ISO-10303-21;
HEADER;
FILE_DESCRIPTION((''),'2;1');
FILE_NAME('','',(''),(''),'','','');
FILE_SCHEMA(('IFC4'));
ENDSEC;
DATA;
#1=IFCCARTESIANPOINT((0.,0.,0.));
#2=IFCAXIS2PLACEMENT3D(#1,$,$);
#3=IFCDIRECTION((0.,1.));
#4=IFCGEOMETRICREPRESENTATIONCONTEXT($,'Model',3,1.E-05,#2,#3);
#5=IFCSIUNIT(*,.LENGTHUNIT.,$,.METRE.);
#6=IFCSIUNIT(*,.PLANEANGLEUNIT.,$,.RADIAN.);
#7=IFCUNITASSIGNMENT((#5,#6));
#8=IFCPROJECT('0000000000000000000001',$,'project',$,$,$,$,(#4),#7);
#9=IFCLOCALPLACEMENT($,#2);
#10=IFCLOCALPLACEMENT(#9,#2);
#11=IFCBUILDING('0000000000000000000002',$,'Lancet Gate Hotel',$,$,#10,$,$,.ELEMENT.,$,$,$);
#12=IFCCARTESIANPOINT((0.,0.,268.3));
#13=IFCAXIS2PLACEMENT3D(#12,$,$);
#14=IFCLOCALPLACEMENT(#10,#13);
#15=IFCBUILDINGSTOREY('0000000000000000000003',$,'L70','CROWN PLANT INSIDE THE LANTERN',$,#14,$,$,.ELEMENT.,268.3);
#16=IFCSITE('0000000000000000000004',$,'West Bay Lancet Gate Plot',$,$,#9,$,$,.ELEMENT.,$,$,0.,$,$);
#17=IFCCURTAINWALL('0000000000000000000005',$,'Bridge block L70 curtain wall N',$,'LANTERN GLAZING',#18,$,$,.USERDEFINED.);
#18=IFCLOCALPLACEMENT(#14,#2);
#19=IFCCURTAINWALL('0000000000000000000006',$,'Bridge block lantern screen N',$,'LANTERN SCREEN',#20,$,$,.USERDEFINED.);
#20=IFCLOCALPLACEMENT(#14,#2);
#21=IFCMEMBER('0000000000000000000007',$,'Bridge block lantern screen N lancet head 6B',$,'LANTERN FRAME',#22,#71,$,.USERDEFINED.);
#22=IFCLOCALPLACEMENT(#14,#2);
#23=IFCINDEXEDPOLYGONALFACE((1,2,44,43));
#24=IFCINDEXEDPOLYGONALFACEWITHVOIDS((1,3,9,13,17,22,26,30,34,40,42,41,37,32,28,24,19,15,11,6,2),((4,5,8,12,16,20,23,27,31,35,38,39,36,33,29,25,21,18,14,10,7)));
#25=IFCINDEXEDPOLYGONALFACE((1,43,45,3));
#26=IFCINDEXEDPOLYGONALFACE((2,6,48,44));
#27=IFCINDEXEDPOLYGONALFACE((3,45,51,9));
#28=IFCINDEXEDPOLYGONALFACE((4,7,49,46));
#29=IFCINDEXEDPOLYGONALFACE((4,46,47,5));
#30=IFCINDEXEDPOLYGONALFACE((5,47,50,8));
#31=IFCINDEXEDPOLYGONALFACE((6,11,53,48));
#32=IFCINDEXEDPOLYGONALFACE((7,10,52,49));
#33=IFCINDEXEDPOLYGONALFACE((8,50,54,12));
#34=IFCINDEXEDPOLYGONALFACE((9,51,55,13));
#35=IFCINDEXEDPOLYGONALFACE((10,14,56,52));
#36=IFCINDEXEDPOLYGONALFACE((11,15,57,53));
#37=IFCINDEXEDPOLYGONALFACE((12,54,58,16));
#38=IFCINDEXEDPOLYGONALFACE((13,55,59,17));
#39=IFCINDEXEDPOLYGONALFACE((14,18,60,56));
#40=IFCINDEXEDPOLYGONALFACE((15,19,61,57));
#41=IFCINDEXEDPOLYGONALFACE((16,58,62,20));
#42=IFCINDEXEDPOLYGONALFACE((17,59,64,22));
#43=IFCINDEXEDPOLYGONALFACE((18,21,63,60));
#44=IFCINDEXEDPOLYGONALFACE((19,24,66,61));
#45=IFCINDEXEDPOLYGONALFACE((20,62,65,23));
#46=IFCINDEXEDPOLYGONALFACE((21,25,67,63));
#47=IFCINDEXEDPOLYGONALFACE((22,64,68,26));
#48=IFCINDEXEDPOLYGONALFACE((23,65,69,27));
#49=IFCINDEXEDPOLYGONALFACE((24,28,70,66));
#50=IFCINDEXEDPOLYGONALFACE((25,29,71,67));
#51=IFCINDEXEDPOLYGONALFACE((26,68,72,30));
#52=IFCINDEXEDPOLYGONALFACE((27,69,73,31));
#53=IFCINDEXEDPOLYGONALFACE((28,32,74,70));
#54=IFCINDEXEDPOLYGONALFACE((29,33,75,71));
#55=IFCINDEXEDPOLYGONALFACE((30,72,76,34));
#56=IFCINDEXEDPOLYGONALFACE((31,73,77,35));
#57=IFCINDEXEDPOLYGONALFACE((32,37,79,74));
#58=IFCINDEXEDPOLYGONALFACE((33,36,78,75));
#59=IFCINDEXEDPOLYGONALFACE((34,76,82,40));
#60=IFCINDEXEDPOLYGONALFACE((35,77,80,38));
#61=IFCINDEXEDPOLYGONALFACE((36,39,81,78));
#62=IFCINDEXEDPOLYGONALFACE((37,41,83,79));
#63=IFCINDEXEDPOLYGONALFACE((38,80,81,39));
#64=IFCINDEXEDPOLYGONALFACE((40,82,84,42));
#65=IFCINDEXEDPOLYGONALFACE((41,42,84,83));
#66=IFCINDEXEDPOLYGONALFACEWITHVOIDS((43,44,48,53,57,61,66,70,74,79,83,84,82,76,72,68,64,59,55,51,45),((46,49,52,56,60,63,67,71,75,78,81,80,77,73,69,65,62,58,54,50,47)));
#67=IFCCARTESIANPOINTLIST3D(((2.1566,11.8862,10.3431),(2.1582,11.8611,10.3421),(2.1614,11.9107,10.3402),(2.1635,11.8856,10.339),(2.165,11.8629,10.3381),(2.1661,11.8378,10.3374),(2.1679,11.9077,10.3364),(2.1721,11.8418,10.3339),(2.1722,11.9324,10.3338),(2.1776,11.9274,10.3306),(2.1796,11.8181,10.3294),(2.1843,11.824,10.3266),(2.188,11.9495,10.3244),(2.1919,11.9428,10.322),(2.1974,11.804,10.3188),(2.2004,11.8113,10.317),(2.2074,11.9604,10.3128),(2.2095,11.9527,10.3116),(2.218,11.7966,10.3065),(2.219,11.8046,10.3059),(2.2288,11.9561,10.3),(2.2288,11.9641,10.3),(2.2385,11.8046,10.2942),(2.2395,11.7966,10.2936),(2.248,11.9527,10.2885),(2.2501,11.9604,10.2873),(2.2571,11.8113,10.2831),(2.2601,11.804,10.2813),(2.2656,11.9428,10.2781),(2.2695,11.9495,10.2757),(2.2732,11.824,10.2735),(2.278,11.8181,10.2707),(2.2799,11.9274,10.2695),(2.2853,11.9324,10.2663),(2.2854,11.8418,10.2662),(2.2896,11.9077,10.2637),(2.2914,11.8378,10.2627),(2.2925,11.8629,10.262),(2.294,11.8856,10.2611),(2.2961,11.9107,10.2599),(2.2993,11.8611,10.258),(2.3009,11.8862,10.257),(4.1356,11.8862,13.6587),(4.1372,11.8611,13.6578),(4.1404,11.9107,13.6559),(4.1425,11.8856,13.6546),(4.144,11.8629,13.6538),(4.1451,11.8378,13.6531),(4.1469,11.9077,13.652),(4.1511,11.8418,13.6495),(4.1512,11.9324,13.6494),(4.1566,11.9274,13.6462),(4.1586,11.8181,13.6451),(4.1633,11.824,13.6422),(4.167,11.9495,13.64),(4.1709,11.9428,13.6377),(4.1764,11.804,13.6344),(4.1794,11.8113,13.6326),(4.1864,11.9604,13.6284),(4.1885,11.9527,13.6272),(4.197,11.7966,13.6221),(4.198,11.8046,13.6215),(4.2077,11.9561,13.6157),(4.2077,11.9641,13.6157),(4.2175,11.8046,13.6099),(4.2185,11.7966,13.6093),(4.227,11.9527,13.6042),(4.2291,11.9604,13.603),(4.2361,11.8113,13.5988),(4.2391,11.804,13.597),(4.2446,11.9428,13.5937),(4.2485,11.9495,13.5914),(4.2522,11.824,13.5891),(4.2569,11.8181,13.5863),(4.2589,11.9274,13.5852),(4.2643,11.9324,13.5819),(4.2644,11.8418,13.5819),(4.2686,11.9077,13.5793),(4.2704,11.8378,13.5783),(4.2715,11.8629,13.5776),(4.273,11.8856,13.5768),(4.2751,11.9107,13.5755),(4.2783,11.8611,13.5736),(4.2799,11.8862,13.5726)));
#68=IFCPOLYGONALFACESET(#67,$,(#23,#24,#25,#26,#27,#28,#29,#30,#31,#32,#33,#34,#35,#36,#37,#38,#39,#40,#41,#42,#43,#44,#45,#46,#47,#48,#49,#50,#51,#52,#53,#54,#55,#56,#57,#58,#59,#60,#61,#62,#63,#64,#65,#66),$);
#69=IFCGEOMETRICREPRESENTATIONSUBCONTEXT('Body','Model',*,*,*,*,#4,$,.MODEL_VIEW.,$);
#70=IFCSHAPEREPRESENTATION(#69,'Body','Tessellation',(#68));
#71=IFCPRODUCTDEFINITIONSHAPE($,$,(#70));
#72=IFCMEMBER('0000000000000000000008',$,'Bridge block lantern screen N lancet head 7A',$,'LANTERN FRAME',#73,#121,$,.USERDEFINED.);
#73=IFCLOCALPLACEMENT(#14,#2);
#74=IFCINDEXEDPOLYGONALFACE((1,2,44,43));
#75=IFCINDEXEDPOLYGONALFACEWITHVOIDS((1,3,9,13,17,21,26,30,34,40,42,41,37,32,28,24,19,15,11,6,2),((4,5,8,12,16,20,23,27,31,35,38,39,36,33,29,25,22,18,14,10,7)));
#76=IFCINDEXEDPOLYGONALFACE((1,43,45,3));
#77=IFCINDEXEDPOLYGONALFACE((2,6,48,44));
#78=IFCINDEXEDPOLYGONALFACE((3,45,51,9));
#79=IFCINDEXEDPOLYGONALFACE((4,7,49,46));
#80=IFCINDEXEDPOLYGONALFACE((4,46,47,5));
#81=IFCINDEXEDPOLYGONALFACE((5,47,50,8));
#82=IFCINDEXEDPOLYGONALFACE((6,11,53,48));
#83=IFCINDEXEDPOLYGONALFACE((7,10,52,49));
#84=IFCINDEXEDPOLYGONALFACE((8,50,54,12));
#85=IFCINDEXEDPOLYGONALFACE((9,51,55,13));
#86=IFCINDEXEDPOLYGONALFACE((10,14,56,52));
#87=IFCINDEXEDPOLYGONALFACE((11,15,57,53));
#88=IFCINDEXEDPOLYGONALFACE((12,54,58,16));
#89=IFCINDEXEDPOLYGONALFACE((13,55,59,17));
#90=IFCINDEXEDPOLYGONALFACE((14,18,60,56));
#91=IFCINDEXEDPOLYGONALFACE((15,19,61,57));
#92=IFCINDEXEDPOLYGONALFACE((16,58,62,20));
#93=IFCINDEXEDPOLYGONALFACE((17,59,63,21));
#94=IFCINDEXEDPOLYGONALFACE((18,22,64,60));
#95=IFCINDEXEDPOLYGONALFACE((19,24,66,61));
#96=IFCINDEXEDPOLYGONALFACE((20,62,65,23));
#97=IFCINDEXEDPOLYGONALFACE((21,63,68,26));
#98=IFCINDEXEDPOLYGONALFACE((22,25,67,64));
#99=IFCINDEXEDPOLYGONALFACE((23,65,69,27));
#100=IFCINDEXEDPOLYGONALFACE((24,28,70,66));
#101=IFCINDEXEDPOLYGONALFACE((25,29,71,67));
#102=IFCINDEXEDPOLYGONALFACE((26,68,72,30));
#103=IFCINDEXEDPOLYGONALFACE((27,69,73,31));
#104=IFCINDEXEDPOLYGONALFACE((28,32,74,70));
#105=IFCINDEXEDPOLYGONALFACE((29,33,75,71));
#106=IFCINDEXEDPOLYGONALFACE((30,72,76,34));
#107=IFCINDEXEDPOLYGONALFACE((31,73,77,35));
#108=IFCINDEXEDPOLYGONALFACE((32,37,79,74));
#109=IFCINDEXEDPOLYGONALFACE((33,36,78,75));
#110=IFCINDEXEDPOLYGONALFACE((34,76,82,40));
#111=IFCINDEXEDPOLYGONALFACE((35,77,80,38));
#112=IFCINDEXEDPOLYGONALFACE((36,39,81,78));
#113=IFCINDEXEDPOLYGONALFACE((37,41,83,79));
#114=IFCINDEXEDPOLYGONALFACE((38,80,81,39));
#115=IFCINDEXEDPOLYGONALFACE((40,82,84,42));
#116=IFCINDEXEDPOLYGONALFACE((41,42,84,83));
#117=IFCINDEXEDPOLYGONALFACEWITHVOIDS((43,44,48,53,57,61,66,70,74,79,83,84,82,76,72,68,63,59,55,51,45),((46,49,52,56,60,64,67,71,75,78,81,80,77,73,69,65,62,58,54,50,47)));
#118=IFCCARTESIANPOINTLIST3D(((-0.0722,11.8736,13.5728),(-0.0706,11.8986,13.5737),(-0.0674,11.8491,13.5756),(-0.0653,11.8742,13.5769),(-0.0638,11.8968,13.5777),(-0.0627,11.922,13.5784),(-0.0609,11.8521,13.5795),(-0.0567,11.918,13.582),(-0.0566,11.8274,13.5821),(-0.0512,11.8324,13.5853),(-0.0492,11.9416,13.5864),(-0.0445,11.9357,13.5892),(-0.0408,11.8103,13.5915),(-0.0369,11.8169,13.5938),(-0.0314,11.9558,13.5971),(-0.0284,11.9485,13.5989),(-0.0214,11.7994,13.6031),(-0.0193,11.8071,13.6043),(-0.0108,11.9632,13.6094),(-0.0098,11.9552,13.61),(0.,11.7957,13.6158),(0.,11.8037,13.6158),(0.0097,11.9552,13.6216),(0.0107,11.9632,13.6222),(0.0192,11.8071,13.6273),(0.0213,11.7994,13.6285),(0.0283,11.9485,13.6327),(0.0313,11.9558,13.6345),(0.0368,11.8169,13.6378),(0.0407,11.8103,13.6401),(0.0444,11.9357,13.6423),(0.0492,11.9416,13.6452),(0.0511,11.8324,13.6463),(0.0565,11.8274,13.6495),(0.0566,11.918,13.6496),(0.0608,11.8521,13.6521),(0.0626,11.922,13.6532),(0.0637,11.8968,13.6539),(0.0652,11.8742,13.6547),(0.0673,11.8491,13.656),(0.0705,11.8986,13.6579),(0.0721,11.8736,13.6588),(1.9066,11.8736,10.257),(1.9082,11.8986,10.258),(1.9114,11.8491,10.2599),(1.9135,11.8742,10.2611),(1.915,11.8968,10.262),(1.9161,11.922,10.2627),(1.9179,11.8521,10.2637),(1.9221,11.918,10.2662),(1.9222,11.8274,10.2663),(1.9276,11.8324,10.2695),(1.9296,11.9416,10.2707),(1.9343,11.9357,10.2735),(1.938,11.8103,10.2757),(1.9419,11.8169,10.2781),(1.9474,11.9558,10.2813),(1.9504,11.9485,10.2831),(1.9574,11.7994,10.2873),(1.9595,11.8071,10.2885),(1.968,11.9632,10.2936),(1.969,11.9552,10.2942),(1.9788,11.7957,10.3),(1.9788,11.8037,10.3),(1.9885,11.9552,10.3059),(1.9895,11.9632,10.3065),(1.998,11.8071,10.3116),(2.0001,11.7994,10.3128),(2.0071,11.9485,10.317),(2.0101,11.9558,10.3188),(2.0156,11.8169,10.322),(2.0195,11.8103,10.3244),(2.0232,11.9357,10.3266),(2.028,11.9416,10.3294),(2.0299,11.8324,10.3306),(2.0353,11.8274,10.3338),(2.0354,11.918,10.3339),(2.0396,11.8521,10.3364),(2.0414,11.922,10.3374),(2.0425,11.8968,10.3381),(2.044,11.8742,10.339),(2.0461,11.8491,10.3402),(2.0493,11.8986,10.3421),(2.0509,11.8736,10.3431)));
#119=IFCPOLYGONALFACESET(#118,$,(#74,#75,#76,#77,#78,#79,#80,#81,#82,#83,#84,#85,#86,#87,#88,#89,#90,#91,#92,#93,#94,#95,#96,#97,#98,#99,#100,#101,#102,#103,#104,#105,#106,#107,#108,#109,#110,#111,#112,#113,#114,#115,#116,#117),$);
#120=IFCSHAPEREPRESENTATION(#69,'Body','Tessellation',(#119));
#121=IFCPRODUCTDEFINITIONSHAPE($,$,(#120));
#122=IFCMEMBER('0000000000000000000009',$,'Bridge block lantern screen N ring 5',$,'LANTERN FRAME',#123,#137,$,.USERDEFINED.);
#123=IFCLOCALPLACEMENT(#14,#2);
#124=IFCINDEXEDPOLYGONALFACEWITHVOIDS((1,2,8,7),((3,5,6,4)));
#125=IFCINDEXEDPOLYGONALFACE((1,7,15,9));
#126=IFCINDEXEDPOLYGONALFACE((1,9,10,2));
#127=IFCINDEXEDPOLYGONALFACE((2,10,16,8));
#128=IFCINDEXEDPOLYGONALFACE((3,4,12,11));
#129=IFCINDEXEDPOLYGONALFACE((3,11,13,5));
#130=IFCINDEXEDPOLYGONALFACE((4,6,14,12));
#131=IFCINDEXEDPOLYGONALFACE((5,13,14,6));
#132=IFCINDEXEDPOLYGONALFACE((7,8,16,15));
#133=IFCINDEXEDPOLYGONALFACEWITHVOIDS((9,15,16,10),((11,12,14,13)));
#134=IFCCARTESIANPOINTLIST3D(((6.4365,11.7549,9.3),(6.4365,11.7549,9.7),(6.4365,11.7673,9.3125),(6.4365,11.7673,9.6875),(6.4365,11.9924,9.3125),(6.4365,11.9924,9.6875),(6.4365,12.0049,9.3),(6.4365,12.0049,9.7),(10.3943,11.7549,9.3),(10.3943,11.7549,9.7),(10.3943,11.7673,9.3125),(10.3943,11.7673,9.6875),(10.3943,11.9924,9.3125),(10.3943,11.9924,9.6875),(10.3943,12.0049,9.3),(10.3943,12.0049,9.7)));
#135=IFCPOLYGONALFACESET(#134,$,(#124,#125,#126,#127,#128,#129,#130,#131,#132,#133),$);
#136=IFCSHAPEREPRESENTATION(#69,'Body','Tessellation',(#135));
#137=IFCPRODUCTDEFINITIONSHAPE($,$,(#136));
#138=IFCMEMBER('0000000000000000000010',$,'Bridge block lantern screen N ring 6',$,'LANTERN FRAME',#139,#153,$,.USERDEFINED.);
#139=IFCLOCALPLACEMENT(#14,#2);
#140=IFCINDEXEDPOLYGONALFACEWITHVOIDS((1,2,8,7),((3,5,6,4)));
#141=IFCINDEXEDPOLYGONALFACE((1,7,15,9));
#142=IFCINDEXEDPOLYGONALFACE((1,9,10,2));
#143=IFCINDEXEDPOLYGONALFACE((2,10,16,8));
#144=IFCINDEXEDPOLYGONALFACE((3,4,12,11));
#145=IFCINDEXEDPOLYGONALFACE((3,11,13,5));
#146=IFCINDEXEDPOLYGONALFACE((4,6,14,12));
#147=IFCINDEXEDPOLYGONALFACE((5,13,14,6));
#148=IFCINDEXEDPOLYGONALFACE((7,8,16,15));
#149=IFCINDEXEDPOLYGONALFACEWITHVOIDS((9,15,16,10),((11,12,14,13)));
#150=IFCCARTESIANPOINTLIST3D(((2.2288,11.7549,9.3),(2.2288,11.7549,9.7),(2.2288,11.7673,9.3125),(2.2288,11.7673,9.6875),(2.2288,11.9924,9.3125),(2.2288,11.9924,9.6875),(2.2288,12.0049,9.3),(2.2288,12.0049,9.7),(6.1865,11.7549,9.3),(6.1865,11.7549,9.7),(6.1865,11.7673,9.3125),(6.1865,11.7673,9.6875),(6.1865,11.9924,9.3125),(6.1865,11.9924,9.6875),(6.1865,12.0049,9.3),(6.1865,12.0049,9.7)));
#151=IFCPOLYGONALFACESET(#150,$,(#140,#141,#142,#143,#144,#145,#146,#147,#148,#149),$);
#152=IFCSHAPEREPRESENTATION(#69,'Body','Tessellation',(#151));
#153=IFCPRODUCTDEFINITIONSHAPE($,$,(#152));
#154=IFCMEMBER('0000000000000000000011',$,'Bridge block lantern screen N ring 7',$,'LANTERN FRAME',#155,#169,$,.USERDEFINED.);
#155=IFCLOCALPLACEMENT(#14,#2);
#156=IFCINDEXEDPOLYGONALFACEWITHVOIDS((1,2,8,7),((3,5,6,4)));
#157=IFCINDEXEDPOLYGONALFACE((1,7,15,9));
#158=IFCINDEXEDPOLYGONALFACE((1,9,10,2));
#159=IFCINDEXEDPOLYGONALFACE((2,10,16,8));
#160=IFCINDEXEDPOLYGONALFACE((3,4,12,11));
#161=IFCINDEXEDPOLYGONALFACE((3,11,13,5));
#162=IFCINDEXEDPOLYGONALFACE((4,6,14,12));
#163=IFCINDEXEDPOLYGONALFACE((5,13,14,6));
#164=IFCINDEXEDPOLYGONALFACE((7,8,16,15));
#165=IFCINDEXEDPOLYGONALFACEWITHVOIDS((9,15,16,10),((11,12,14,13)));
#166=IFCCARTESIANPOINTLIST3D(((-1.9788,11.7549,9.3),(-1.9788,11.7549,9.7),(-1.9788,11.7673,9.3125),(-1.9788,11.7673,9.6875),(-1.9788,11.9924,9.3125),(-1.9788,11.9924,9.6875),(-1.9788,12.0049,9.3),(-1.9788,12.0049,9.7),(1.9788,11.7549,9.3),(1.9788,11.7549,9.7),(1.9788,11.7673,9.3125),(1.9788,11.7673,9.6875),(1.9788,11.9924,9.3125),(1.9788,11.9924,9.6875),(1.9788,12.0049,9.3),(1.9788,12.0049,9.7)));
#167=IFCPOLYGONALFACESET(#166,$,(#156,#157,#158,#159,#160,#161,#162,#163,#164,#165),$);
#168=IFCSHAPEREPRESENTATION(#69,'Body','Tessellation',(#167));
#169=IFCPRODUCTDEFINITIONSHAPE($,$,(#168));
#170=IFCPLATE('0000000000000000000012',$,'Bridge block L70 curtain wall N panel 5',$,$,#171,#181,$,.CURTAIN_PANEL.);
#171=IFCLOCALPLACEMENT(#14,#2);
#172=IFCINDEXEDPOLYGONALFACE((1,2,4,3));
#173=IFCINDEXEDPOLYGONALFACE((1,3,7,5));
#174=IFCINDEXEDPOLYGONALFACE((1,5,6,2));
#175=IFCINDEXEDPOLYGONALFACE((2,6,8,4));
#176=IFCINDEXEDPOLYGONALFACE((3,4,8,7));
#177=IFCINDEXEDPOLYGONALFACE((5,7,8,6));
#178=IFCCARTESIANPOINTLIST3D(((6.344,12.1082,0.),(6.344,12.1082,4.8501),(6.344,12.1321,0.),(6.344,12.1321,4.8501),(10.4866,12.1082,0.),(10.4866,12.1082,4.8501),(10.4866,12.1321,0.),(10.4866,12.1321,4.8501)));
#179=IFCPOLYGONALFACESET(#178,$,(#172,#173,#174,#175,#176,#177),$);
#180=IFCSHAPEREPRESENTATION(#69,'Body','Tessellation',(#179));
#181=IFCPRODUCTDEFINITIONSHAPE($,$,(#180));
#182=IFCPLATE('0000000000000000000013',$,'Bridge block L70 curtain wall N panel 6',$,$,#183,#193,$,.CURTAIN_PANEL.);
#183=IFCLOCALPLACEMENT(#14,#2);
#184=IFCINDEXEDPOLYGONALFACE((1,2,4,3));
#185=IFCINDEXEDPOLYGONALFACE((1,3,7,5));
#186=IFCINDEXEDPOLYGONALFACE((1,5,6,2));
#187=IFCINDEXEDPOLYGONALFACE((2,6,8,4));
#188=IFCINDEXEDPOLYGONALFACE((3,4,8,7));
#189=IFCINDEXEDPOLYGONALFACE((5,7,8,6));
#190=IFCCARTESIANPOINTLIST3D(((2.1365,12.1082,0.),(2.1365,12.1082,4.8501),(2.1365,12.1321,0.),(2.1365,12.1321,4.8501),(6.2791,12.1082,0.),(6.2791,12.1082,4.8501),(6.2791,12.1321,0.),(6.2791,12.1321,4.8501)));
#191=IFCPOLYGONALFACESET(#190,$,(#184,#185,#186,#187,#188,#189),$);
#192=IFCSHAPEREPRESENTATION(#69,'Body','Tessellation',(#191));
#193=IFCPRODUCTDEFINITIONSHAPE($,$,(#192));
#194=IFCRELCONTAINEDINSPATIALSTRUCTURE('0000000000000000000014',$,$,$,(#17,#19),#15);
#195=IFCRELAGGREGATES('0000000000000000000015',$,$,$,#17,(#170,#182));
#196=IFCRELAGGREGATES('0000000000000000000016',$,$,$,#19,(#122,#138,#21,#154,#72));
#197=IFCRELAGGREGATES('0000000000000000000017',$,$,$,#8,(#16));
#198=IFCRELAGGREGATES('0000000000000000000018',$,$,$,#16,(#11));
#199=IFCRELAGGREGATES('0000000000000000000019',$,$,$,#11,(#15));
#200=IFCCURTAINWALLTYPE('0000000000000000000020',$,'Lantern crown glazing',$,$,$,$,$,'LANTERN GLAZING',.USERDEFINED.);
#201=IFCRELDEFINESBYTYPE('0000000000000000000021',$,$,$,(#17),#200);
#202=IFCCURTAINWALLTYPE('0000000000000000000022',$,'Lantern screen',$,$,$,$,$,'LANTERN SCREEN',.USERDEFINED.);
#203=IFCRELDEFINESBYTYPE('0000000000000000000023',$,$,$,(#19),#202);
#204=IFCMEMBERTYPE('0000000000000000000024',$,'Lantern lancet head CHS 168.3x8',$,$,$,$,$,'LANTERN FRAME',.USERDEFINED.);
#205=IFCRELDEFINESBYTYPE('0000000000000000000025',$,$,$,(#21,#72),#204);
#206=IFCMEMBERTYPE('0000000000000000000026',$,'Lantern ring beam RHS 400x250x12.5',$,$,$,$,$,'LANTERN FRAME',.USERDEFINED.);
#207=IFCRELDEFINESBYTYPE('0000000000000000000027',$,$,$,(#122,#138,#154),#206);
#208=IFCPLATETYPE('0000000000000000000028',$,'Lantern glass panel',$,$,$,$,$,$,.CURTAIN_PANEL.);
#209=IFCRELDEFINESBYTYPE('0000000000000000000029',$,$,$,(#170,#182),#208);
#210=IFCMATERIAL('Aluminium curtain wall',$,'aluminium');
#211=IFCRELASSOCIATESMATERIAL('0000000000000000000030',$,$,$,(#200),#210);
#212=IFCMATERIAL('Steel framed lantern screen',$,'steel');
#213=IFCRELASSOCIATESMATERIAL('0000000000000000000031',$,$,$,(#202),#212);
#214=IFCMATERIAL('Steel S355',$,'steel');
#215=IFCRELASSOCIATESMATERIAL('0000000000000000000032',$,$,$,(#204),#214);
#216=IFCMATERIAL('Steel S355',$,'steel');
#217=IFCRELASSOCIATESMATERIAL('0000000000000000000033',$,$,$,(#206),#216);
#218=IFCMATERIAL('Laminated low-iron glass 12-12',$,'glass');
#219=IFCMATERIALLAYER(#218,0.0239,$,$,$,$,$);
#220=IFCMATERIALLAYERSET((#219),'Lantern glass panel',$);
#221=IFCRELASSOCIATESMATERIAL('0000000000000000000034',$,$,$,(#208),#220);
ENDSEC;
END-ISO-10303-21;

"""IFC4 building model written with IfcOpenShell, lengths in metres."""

from ifc_helpers import new_model, si_unit, direction, frame, origin, origin_2d, place, context, subcontext, project, spatial, rectangle, hollow_rectangle, hollow_circle, extrude, material, layer, layer_set, material_profile, profile_set, type_object, element, aggregate, save


model = new_model("IFC4")

# Units and contexts
model_context = context("Model", 3, precision=1e-05, world=origin(), true_north=direction((0.0, 1.0)))
body_context = subcontext(model_context, "Body", "Model", "MODEL_VIEW")
ifc_project = project(units=[si_unit("LENGTHUNIT", "METRE"), si_unit("PLANEANGLEUNIT", "RADIAN")], contexts=[model_context])

# Site, building, storey
site_placement = place(None, origin())
site = spatial("IfcSite", under=ifc_project, at=site_placement, Name="West Bay Lancet Gate Plot", CompositionType="ELEMENT", RefElevation=0.0)
building_placement = place(site_placement, origin())
building = spatial("IfcBuilding", under=site, at=building_placement, Name="Lancet Gate Hotel", CompositionType="ELEMENT")
storey_placement = place(building_placement, frame((0.0, 0.0, 268.3)))
storey = spatial("IfcBuildingStorey", under=building, at=storey_placement, Name="L70", Description="CROWN PLANT INSIDE THE LANTERN", CompositionType="ELEMENT", Elevation=268.3)

# Curtain wall
ifc_material_1 = material(Name="Aluminium curtain wall", Category="aluminium")
curtain_wall_type_1 = type_object("IfcCurtainWallType", Name="Lantern crown glazing", ElementType="LANTERN GLAZING", PredefinedType="USERDEFINED", material=ifc_material_1)
curtain_wall_1_placement = place(storey_placement, origin())
curtain_wall_1 = element("IfcCurtainWall", 1, at=curtain_wall_1_placement, inside=storey, type_object=curtain_wall_type_1, Name="Bridge block L70 curtain wall N", ObjectType="LANTERN GLAZING", PredefinedType="USERDEFINED")

# Curtain wall, members
ifc_material_2 = material(Name="Steel framed lantern screen", Category="steel")
curtain_wall_type_2 = type_object("IfcCurtainWallType", Name="Lantern screen", ElementType="LANTERN SCREEN", PredefinedType="USERDEFINED", material=ifc_material_2)
curtain_wall_2_placement = place(storey_placement, origin())
curtain_wall_2 = element("IfcCurtainWall", 2, at=curtain_wall_2_placement, inside=storey, type_object=curtain_wall_type_2, Name="Bridge block lantern screen N", ObjectType="LANTERN SCREEN", PredefinedType="USERDEFINED")
ifc_material_3 = material(Name="Steel S355", Category="steel")
ifc_material_profile_1 = material_profile(ifc_material_3, hollow_circle(Radius=0.0842, WallThickness=0.0081, at=origin_2d()), Name="CHS 168.3x8.0")
ifc_profile_set_1 = profile_set([ifc_material_profile_1], Name="Steel S355")
member_type_1 = type_object("IfcMemberType", Name="Lantern lancet head CHS 168.3x8", ElementType="LANTERN FRAME", PredefinedType="USERDEFINED", material=ifc_profile_set_1)
member_1_placement = place(storey_placement, frame((2.2288, 11.8799, 10.3), z_axis=(0.512514, 0.0, 0.858679), x_axis=(0.0, 1.0, 0.0)))
member_1 = element("IfcMember", 3, at=member_1_placement, type_object=member_type_1, Name="Bridge block lantern screen N lancet head 6B", ObjectType="LANTERN FRAME", PredefinedType="USERDEFINED", context=body_context, shape_type="SweptSolid", body=[
    extrude(hollow_circle(Radius=0.0842, WallThickness=0.0081, at=origin_2d()), origin(), (0.0, 0.0, 1.0), 3.8613),
])
member_2_placement = place(storey_placement, frame((1.9788, 11.8799, 10.3), z_axis=(-0.512467, 0.0, 0.858707), x_axis=(0.0, -1.0, 0.0)))
member_2 = element("IfcMember", 4, at=member_2_placement, type_object=member_type_1, Name="Bridge block lantern screen N lancet head 7A", ObjectType="LANTERN FRAME", PredefinedType="USERDEFINED", context=body_context, shape_type="SweptSolid", body=[
    extrude(hollow_circle(Radius=0.0842, WallThickness=0.0081, at=origin_2d()), origin(), (0.0, 0.0, 1.0), 3.8613),
])
ifc_material_4 = material(Name="Steel S355", Category="steel")
ifc_material_profile_2 = material_profile(ifc_material_4, hollow_rectangle(XDim=0.25, YDim=0.3999, WallThickness=0.0125, at=origin_2d()), Name="RHS 400x250x12.5")
ifc_profile_set_2 = profile_set([ifc_material_profile_2], Name="Steel S355")
member_type_2 = type_object("IfcMemberType", Name="Lantern ring beam RHS 400x250x12.5", ElementType="LANTERN FRAME", PredefinedType="USERDEFINED", material=ifc_profile_set_2)
member_3_placement = place(storey_placement, frame((10.3943, 11.8799, 9.5), z_axis=(-1.0, 0.0, 0.0), x_axis=(0.0, -1.0, 0.0)))
member_3 = element("IfcMember", 5, at=member_3_placement, type_object=member_type_2, Name="Bridge block lantern screen N ring 5", ObjectType="LANTERN FRAME", PredefinedType="USERDEFINED", context=body_context, shape_type="SweptSolid", body=[
    extrude(hollow_rectangle(XDim=0.25, YDim=0.3999, WallThickness=0.0125, at=origin_2d()), origin(), (0.0, 0.0, 1.0), 3.9578),
])
member_4_placement = place(storey_placement, frame((6.1865, 11.8799, 9.5), z_axis=(-1.0, 0.0, 0.0), x_axis=(0.0, -1.0, 0.0)))
member_4 = element("IfcMember", 6, at=member_4_placement, type_object=member_type_2, Name="Bridge block lantern screen N ring 6", ObjectType="LANTERN FRAME", PredefinedType="USERDEFINED", context=body_context, shape_type="SweptSolid", body=[
    extrude(hollow_rectangle(XDim=0.25, YDim=0.3999, WallThickness=0.0125, at=origin_2d()), origin(), (0.0, 0.0, 1.0), 3.9578),
])
member_5_placement = place(storey_placement, frame((1.9788, 11.8799, 9.5), z_axis=(-1.0, 0.0, 0.0), x_axis=(0.0, -1.0, 0.0)))
member_5 = element("IfcMember", 7, at=member_5_placement, type_object=member_type_2, Name="Bridge block lantern screen N ring 7", ObjectType="LANTERN FRAME", PredefinedType="USERDEFINED", context=body_context, shape_type="SweptSolid", body=[
    extrude(hollow_rectangle(XDim=0.25, YDim=0.3999, WallThickness=0.0125, at=origin_2d()), origin(), (0.0, 0.0, 1.0), 3.9575),
])

# Plates
ifc_material_5 = material(Name="Laminated low-iron glass 12-12", Category="glass")
ifc_layer_1 = layer(ifc_material_5, 0.0239)
ifc_layer_set_1 = layer_set([ifc_layer_1], Name="Lantern glass panel")
plate_type_1 = type_object("IfcPlateType", Name="Lantern glass panel", PredefinedType="CURTAIN_PANEL", material=ifc_layer_set_1)
plate_1_placement = place(storey_placement, frame((8.4153, 12.1201, 0.0), z_axis=(0.0, 0.0, 1.0), x_axis=(-1.0, 0.0, 0.0)))
plate_1 = element("IfcPlate", 8, at=plate_1_placement, type_object=plate_type_1, Name="Bridge block L70 curtain wall N panel 5", PredefinedType="CURTAIN_PANEL", context=body_context, shape_type="SweptSolid", body=[
    extrude(rectangle(XDim=4.1426, YDim=0.0239, at=origin_2d()), origin(), (0.0, 0.0, 1.0), 4.8501),
])
plate_2_placement = place(storey_placement, frame((4.2078, 12.1201, 0.0), z_axis=(0.0, 0.0, 1.0), x_axis=(-1.0, 0.0, 0.0)))
plate_2 = element("IfcPlate", 9, at=plate_2_placement, type_object=plate_type_1, Name="Bridge block L70 curtain wall N panel 6", PredefinedType="CURTAIN_PANEL", context=body_context, shape_type="SweptSolid", body=[
    extrude(rectangle(XDim=4.1426, YDim=0.0239, at=origin_2d()), origin(), (0.0, 0.0, 1.0), 4.8501),
])
aggregate(curtain_wall_1, [plate_1, plate_2])
aggregate(curtain_wall_2, [member_3, member_4, member_1, member_5, member_2])

save(model, "model.ifc")
